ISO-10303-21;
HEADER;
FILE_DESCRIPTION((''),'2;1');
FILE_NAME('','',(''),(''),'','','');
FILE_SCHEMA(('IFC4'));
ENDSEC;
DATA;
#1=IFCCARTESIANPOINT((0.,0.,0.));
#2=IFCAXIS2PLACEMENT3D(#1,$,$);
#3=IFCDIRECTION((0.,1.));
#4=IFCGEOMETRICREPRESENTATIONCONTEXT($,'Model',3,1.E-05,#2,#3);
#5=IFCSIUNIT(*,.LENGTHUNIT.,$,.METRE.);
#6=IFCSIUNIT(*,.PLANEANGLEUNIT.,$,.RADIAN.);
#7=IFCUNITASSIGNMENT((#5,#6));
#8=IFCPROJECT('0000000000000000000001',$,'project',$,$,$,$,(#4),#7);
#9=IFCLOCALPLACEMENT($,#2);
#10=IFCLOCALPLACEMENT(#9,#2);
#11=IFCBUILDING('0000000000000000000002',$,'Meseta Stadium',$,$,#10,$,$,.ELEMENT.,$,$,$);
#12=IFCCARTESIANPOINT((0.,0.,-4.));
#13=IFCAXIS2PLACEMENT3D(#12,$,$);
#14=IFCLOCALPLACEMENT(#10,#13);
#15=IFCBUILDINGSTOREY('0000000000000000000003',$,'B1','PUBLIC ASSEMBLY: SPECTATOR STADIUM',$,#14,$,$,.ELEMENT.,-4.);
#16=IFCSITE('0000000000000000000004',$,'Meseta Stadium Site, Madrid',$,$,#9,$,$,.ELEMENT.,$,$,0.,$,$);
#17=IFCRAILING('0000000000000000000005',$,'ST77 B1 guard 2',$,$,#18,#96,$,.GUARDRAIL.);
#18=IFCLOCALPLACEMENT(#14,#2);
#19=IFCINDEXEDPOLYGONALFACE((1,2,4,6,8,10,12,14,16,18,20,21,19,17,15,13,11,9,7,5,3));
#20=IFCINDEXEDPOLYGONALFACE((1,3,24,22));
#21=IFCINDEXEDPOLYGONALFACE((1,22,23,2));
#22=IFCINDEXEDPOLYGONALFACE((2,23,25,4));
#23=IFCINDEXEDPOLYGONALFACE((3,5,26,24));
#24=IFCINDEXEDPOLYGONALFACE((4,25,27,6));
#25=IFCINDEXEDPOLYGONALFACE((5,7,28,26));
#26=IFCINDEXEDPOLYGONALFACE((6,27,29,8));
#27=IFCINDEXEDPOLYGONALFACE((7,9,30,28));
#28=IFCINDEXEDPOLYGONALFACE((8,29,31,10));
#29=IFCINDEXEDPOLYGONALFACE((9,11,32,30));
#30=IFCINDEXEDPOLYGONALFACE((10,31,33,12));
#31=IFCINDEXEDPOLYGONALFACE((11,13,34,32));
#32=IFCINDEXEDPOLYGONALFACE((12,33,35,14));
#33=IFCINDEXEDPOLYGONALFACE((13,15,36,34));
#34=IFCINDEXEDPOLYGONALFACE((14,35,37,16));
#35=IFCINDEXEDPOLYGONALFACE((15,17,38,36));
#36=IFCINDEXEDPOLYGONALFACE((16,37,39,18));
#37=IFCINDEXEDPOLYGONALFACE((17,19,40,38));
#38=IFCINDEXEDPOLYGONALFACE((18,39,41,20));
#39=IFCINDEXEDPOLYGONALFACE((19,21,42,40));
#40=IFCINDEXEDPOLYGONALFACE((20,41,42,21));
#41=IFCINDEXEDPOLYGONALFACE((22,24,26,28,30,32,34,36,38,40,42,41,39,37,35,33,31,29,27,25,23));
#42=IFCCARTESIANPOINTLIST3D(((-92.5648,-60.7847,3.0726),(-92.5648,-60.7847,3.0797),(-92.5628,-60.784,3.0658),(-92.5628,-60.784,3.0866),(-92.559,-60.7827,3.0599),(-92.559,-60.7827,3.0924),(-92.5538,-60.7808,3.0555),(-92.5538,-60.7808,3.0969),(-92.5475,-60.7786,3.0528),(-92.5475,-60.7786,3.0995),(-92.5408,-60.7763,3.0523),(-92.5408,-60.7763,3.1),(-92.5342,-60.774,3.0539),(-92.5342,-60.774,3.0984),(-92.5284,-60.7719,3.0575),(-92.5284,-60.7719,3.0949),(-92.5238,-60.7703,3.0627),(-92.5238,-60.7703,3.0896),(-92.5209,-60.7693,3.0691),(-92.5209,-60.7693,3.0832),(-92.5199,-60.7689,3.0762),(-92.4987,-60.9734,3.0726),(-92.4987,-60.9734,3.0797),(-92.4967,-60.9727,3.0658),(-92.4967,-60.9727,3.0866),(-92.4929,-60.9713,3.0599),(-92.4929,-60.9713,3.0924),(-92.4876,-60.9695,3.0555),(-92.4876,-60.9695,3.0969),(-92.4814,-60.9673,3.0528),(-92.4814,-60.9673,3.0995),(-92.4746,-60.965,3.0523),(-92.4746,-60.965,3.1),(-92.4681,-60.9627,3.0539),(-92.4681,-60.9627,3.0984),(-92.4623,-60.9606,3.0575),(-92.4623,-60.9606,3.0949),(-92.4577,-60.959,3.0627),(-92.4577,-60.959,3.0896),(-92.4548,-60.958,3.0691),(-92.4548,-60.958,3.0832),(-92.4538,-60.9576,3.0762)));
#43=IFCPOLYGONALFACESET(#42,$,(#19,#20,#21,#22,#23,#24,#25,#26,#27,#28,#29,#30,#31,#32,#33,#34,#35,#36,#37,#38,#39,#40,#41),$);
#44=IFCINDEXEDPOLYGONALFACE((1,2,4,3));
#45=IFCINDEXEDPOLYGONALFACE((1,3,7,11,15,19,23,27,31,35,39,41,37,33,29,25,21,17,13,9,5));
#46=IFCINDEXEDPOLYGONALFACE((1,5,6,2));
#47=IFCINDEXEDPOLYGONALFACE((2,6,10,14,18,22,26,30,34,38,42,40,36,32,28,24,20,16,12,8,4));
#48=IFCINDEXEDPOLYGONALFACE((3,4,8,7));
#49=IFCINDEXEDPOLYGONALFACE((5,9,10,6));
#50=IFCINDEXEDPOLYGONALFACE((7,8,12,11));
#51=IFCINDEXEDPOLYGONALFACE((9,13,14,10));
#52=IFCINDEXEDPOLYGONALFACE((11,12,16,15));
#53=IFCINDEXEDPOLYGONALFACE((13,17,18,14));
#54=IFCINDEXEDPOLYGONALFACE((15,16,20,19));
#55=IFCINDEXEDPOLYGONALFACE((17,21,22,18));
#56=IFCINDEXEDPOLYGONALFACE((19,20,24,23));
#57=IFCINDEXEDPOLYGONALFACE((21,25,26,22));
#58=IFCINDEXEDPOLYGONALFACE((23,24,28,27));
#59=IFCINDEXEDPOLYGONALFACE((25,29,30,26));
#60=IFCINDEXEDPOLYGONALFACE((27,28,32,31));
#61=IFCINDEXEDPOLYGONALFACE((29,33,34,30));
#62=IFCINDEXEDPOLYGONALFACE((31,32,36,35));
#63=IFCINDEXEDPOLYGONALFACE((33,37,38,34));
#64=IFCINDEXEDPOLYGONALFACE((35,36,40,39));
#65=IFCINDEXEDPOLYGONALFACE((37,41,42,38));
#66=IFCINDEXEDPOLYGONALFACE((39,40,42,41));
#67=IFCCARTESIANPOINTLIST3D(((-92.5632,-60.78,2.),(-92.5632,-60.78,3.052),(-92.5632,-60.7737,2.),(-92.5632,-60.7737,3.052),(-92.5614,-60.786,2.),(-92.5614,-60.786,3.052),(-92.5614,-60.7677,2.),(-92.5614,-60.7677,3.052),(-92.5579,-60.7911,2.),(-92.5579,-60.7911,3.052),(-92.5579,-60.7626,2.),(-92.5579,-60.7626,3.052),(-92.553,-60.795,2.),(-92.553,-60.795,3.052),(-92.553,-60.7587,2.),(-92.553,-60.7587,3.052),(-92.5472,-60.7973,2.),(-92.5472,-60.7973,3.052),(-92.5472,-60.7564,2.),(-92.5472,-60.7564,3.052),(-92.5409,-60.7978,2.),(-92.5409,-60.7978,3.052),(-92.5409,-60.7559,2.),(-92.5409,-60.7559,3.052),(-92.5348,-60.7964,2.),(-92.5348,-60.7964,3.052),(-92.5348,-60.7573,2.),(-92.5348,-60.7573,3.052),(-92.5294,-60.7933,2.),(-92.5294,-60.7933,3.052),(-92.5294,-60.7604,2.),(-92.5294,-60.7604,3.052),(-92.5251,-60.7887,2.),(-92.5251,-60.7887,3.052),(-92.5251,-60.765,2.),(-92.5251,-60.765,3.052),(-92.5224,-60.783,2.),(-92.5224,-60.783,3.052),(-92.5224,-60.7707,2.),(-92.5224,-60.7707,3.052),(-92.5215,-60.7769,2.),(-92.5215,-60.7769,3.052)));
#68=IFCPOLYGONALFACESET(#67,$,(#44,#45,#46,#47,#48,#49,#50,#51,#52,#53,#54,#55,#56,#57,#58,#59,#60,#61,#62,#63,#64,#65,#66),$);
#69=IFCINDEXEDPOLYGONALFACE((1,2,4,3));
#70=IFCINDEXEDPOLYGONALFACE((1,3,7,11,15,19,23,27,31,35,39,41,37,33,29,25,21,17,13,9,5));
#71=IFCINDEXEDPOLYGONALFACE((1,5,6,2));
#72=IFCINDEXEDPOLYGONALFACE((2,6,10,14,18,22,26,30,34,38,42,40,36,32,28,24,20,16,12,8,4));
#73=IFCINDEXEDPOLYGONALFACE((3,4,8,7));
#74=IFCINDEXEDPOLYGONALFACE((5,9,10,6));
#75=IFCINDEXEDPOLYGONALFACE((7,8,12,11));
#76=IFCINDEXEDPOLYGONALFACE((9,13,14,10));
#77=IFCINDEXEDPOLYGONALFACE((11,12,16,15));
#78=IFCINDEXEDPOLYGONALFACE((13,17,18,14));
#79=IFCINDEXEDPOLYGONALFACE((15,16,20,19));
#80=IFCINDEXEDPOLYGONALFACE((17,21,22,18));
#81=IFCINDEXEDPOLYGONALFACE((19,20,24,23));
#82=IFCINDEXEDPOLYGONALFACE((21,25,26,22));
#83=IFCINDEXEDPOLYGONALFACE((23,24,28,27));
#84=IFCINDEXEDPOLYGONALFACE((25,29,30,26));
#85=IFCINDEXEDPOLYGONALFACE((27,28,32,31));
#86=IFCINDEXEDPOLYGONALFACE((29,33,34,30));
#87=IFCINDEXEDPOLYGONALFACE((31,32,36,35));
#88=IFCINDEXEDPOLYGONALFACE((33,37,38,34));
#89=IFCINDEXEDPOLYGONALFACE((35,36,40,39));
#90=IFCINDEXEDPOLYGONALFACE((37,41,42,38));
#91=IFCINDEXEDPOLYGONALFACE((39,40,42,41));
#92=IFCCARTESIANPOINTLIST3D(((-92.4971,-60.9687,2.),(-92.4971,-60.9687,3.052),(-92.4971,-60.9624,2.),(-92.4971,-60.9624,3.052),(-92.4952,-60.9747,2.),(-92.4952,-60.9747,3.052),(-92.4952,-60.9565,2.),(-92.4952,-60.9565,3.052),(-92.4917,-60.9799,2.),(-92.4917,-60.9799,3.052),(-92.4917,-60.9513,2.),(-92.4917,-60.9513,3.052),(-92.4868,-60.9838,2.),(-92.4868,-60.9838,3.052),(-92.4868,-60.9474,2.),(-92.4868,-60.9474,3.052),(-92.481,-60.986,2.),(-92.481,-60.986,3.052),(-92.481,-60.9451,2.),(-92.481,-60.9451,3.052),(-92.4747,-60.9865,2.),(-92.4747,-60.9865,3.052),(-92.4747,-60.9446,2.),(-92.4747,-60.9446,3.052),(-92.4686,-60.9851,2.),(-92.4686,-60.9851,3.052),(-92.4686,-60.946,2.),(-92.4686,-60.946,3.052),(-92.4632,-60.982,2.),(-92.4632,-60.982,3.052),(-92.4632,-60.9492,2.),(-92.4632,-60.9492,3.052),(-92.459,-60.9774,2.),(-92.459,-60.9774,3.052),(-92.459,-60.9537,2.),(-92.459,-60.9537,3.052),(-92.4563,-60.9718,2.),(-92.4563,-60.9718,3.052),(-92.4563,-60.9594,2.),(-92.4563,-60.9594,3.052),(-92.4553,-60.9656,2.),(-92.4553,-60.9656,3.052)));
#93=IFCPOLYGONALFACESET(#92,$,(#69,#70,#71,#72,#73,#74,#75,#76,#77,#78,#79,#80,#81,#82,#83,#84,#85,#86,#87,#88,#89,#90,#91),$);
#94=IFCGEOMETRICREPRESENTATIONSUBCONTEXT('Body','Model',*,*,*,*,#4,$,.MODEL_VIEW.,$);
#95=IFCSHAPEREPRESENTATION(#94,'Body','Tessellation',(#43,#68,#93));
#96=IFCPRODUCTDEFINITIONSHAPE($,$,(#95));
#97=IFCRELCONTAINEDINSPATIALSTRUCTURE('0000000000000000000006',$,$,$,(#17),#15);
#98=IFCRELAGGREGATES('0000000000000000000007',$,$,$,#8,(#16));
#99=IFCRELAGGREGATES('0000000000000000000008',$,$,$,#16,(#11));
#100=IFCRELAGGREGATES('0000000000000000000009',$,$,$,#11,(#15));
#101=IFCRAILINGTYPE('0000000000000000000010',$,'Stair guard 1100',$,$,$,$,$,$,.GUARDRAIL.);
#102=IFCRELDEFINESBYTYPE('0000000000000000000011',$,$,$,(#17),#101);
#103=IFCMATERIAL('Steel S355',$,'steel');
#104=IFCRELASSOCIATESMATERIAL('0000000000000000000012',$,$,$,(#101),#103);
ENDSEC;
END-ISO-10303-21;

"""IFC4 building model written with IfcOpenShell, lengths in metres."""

from ifc_helpers import new_model, si_unit, direction, frame, origin, origin_2d, place, context, subcontext, project, spatial, circle, extrude, material, type_object, element, save


model = new_model("IFC4")

# Units and contexts
model_context = context("Model", 3, precision=1e-05, world=origin(), true_north=direction((0.0, 1.0)))
body_context = subcontext(model_context, "Body", "Model", "MODEL_VIEW")
ifc_project = project(units=[si_unit("LENGTHUNIT", "METRE"), si_unit("PLANEANGLEUNIT", "RADIAN")], contexts=[model_context])

# Site, building, storey
site_placement = place(None, origin())
site = spatial("IfcSite", under=ifc_project, at=site_placement, Name="Meseta Stadium Site, Madrid", CompositionType="ELEMENT", RefElevation=0.0)
building_placement = place(site_placement, origin())
building = spatial("IfcBuilding", under=site, at=building_placement, Name="Meseta Stadium", CompositionType="ELEMENT")
storey_placement = place(building_placement, frame((0.0, 0.0, -4.0)))
storey = spatial("IfcBuildingStorey", under=building, at=storey_placement, Name="B1", Description="PUBLIC ASSEMBLY: SPECTATOR STADIUM", CompositionType="ELEMENT", Elevation=-4.0)

# Railing
ifc_material_1 = material(Name="Steel S355", Category="steel")
railing_type_1 = type_object("IfcRailingType", Name="Stair guard 1100", PredefinedType="GUARDRAIL", material=ifc_material_1)
railing_1_placement = place(storey_placement, frame((-92.5425, -60.7769, 2.0)))
element("IfcRailing", 1, at=railing_1_placement, inside=storey, type_object=railing_type_1, Name="ST77 B1 guard 2", PredefinedType="GUARDRAIL", context=body_context, shape_type="SweptSolid", body=[
    extrude(circle(Radius=0.0239, at=origin_2d()), frame((0.0, 0.0, 1.0762), z_axis=(0.33084, -0.943687, 0.0), x_axis=(0.943687, 0.33084, 0.0)), (0.0, 0.0, 1.0), 0.2),
    extrude(circle(Radius=0.021, at=origin_2d()), origin(), (0.0, 0.0, 1.0), 1.052),
    extrude(circle(Radius=0.021, at=origin_2d()), frame((0.0662, -0.1887, 0.0)), (0.0, 0.0, 1.0), 1.052),
])

save(model, "model.ifc")
